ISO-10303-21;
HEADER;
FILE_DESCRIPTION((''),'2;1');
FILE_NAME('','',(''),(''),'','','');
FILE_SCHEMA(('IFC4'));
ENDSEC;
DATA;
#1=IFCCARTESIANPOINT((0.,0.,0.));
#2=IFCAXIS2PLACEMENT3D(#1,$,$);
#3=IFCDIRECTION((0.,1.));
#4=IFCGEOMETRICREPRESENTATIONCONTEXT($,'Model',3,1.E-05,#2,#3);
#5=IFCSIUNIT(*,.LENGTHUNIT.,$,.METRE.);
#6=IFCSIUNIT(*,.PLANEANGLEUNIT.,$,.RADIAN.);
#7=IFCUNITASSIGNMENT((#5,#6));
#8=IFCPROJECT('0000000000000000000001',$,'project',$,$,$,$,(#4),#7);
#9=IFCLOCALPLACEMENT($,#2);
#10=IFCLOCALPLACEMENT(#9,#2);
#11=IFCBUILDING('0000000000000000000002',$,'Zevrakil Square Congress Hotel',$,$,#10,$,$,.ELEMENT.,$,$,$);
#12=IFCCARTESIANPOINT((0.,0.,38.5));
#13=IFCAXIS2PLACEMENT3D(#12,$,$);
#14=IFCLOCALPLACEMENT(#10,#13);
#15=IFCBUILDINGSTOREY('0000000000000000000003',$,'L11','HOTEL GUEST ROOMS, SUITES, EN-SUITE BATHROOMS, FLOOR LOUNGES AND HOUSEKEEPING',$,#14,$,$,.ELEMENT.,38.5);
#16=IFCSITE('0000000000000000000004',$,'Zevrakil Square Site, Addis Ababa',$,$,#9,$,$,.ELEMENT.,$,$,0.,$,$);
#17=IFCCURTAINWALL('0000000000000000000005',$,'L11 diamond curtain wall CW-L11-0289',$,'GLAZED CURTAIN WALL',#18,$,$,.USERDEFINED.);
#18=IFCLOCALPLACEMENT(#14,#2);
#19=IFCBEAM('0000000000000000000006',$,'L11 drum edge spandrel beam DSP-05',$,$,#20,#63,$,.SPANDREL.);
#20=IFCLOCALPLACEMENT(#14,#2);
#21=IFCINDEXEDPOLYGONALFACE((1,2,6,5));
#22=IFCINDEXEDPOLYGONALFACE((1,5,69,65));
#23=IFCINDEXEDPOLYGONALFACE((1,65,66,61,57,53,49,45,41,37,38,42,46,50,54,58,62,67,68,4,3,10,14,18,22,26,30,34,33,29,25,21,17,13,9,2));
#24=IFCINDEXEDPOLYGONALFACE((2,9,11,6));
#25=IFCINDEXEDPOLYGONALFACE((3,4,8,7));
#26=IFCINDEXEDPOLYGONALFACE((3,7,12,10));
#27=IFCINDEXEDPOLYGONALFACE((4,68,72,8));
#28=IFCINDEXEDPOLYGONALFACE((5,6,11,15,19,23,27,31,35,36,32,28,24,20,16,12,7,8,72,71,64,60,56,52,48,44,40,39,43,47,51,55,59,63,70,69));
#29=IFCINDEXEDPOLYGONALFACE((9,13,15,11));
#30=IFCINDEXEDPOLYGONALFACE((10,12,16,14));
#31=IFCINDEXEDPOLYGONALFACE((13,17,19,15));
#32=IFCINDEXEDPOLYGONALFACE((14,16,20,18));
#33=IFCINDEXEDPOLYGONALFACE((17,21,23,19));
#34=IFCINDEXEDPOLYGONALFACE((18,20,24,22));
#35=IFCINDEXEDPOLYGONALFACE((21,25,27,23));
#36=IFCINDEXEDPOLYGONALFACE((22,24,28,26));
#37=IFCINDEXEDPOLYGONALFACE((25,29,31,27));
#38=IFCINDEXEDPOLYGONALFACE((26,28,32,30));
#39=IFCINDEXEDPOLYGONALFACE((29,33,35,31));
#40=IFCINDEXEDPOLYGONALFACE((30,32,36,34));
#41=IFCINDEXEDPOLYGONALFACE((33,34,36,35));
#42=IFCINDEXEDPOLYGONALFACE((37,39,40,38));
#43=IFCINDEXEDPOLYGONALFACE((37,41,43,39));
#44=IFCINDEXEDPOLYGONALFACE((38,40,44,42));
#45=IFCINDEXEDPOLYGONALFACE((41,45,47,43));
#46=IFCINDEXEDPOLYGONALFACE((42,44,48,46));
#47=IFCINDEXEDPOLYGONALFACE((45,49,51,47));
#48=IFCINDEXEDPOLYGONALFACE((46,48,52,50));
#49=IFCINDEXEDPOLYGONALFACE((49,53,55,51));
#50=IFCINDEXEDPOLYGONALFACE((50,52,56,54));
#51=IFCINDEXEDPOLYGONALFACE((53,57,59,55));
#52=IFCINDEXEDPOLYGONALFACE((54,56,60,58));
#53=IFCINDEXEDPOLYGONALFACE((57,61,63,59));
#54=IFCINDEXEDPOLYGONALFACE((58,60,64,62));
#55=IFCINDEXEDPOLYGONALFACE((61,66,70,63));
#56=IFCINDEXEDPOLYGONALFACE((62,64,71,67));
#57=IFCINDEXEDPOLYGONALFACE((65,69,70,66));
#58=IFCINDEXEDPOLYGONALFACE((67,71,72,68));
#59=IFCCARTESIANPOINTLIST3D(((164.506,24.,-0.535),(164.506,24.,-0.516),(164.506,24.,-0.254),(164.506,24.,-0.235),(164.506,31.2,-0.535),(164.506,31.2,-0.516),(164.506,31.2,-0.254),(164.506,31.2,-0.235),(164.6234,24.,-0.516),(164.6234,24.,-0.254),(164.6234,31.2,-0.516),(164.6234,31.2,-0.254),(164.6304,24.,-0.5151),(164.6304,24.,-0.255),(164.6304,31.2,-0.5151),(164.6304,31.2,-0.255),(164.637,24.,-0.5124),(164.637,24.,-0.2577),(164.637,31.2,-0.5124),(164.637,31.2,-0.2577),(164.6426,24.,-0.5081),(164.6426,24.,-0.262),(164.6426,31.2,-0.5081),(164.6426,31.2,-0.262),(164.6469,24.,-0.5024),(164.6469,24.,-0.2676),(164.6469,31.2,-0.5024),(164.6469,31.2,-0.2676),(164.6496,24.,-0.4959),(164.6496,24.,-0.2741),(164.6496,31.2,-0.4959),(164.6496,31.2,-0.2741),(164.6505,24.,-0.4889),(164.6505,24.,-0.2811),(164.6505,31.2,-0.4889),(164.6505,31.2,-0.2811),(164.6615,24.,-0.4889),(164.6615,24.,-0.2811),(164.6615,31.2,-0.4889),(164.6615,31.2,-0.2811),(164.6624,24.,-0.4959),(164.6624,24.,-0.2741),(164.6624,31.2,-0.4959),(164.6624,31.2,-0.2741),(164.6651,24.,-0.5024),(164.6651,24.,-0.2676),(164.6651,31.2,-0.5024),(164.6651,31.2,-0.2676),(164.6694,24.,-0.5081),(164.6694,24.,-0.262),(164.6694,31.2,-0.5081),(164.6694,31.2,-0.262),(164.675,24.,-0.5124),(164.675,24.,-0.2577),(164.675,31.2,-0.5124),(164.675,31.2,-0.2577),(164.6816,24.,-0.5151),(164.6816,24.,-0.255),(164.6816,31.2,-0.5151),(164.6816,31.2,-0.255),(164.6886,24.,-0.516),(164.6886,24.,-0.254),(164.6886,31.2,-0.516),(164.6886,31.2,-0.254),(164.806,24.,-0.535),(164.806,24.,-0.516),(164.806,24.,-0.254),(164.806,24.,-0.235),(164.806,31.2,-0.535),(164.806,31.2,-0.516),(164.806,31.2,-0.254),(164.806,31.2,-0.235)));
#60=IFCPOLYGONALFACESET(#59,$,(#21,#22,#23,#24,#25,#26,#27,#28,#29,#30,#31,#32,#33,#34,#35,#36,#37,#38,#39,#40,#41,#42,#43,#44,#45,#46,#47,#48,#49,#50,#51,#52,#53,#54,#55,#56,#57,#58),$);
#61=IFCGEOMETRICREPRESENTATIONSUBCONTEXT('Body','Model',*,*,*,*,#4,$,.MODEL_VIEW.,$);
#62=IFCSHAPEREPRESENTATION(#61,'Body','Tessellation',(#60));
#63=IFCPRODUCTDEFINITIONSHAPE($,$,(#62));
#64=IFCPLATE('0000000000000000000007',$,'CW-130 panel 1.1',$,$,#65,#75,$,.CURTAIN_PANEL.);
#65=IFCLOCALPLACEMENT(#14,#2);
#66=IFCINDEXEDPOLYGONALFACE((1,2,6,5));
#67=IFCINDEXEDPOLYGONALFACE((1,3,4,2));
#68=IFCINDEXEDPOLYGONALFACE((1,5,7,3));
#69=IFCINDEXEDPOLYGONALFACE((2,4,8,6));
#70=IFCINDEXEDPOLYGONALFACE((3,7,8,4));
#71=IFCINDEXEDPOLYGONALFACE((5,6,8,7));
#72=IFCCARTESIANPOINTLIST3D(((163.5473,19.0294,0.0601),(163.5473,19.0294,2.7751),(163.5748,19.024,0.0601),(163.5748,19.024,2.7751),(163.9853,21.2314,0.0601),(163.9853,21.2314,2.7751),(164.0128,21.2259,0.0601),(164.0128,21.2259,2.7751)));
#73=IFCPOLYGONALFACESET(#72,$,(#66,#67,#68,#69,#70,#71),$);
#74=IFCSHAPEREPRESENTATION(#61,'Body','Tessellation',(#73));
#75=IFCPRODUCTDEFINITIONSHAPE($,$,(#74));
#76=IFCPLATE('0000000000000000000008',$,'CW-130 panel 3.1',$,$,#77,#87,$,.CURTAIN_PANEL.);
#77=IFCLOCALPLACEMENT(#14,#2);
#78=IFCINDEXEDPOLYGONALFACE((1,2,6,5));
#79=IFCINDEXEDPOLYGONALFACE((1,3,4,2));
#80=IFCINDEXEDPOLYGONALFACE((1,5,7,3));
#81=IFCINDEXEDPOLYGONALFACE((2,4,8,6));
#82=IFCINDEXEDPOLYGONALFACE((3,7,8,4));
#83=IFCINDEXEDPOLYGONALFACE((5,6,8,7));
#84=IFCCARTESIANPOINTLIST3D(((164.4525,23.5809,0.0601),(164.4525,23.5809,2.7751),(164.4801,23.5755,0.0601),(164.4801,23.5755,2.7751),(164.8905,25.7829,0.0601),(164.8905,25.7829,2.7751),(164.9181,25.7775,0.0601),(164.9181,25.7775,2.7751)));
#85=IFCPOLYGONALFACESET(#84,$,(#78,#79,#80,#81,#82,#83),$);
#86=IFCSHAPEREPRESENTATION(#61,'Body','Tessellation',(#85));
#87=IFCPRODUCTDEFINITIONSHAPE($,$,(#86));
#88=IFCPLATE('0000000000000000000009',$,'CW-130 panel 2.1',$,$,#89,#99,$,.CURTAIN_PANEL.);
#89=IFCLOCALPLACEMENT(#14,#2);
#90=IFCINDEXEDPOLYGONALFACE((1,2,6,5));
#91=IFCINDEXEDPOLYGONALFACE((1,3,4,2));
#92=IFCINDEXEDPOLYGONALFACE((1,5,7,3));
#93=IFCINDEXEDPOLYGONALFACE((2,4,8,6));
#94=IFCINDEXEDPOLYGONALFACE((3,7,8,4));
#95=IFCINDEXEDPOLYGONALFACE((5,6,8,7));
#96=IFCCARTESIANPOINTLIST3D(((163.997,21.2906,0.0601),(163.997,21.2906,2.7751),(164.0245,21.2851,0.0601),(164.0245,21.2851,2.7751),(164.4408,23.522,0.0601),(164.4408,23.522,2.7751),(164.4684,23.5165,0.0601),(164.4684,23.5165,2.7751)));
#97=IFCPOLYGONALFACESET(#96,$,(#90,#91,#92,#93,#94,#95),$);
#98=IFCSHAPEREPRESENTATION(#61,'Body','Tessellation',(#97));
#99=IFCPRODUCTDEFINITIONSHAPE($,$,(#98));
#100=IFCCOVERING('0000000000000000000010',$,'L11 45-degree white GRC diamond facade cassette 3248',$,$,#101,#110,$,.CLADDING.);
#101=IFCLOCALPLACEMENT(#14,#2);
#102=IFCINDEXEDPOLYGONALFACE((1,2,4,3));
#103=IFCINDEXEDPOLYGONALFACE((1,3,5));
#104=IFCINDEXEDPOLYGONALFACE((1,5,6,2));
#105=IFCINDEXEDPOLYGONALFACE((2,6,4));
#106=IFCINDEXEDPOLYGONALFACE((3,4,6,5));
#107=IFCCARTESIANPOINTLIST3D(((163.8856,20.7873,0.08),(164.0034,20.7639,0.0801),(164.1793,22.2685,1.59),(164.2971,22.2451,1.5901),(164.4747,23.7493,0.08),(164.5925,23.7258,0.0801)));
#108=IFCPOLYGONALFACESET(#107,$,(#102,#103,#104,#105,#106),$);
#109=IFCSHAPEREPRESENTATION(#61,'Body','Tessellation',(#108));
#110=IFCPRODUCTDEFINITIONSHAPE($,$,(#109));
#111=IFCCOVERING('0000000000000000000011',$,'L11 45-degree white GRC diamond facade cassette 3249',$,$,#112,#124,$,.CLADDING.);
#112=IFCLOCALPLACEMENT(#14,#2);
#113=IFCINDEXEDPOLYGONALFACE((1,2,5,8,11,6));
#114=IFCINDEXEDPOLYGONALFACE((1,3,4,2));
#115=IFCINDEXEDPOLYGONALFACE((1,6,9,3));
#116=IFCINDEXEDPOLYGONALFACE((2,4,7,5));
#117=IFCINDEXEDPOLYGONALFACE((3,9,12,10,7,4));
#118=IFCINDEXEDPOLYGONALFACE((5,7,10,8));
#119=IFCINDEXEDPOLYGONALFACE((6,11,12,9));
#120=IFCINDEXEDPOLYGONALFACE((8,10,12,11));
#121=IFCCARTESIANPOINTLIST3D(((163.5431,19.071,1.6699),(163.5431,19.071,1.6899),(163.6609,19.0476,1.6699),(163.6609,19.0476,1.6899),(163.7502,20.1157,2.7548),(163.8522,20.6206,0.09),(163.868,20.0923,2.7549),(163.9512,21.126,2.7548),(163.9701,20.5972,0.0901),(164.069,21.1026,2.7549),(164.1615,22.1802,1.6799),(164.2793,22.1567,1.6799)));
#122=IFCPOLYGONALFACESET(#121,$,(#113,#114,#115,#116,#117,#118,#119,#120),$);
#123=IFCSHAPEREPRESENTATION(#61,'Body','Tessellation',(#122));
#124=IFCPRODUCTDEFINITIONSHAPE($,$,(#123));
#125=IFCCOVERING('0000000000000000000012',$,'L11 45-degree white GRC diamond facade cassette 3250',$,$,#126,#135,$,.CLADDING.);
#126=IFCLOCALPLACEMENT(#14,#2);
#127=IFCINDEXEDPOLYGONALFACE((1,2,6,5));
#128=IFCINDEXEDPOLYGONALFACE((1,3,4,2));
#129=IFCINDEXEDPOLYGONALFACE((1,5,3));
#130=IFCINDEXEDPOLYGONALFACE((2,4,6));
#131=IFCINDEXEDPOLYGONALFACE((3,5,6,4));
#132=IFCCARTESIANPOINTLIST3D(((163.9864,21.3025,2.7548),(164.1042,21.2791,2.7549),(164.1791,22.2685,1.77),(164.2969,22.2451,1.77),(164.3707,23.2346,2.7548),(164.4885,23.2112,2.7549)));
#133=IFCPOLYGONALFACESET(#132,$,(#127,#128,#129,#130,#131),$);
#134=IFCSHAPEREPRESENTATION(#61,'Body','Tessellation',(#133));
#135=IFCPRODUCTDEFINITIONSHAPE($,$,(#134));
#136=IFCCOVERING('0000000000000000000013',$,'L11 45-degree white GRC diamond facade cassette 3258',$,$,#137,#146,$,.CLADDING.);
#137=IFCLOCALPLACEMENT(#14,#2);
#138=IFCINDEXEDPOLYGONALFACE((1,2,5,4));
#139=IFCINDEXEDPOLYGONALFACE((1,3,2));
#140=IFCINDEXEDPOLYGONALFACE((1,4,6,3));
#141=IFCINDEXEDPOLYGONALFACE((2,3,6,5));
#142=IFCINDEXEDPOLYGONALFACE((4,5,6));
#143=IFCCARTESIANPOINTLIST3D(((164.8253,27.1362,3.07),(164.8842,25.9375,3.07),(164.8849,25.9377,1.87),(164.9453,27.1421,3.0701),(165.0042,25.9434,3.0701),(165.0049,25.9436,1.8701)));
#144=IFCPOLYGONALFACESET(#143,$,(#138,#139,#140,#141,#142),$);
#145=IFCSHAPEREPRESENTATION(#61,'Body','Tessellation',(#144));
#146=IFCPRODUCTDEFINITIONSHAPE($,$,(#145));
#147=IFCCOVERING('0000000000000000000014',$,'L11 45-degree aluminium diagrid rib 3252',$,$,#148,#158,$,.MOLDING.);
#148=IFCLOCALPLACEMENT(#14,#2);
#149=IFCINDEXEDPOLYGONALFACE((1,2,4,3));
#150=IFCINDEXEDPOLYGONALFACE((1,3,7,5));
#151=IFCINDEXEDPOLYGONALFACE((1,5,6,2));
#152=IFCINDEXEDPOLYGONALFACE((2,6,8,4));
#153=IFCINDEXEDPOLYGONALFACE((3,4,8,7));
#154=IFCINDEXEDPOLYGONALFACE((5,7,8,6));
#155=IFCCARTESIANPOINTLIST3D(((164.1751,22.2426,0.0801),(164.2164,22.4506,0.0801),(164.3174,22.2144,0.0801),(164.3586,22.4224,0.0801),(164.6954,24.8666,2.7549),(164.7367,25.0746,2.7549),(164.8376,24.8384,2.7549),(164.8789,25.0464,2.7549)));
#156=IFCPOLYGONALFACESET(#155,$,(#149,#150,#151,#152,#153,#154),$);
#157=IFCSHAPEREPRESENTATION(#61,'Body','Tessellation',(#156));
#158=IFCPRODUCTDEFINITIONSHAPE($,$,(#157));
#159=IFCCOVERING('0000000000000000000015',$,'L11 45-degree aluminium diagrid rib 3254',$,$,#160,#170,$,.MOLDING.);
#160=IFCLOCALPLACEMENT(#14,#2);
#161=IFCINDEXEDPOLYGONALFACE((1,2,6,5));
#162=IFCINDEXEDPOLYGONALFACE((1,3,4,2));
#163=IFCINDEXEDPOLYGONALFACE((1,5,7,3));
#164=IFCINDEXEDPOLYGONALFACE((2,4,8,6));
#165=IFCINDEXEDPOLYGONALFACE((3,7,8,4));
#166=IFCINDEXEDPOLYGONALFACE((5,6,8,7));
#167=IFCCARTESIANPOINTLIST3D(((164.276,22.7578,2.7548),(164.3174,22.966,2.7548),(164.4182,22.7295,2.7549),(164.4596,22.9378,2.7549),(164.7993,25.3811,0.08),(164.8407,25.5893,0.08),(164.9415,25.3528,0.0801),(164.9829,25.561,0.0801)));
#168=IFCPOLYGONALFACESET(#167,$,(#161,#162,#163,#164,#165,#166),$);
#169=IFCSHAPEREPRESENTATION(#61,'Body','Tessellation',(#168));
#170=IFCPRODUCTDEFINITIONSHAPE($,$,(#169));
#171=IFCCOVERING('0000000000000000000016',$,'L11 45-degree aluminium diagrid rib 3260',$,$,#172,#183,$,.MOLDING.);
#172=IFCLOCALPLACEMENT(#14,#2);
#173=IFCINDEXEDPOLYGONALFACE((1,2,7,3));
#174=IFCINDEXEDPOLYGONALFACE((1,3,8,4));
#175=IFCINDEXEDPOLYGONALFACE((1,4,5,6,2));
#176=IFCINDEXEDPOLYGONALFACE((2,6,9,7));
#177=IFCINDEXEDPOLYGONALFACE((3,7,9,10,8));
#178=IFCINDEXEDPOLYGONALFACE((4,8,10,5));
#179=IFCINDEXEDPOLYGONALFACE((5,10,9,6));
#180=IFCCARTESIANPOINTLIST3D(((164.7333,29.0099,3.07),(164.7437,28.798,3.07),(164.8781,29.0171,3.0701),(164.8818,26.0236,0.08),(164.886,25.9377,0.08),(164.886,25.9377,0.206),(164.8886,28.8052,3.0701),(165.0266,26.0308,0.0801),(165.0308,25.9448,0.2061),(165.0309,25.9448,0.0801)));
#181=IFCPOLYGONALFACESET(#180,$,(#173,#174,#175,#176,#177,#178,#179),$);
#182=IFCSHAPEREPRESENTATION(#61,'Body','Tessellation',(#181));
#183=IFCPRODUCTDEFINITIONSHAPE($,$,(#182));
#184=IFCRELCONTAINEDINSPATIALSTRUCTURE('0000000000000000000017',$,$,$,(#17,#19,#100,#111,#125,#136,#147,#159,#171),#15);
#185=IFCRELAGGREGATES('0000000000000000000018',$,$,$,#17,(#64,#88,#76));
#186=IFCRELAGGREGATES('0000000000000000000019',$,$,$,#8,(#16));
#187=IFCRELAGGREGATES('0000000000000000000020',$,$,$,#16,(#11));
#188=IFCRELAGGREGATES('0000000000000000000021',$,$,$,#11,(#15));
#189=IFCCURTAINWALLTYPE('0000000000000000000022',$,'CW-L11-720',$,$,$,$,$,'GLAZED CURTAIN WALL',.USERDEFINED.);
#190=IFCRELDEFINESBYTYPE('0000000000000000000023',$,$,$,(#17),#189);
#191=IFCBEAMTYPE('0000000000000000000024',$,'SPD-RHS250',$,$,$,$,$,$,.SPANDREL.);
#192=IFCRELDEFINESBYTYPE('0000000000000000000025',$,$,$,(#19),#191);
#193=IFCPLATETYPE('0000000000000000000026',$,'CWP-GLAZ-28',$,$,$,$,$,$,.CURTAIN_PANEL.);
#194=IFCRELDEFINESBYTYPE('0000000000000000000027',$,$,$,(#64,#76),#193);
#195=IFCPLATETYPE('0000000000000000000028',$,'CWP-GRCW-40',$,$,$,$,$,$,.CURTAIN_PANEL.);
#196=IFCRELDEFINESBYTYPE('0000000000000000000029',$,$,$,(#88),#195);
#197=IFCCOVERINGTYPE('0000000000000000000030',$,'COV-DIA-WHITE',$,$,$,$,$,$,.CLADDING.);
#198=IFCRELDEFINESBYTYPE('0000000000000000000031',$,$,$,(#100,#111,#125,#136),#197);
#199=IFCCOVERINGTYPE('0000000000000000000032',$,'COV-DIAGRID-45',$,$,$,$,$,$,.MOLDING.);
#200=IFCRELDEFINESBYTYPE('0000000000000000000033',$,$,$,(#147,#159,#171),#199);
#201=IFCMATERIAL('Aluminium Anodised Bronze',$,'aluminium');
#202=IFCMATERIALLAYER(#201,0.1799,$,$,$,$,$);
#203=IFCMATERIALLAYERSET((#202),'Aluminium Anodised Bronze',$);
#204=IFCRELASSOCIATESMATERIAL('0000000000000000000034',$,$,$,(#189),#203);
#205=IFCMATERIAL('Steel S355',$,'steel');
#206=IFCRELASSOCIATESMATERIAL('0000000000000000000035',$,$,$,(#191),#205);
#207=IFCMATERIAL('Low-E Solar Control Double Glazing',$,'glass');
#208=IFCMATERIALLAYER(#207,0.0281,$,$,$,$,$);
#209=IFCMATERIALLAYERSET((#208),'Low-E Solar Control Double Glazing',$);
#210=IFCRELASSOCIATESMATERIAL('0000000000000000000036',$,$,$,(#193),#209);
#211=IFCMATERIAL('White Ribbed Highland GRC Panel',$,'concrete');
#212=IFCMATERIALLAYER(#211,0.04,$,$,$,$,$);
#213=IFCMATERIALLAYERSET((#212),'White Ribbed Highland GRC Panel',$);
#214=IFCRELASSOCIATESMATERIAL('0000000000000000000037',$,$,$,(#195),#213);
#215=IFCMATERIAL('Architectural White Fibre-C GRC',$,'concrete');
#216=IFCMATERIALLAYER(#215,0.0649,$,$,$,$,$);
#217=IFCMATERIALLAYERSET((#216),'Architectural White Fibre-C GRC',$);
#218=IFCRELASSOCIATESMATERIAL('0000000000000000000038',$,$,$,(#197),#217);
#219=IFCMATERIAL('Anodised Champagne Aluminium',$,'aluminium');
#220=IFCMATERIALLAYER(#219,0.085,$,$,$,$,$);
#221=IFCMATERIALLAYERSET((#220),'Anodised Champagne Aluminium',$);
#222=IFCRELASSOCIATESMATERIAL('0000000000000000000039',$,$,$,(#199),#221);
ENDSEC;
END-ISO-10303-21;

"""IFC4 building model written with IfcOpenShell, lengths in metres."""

from ifc_helpers import new_model, si_unit, direction, frame, origin, origin_2d, place, context, subcontext, project, spatial, polyline, rectangle, i_section, outline, extrude, material, layer, layer_set, material_profile, profile_set, type_object, element, aggregate, save


model = new_model("IFC4")

# Units and contexts
model_context = context("Model", 3, precision=1e-05, world=origin(), true_north=direction((0.0, 1.0)))
body_context = subcontext(model_context, "Body", "Model", "MODEL_VIEW")
ifc_project = project(units=[si_unit("LENGTHUNIT", "METRE"), si_unit("PLANEANGLEUNIT", "RADIAN")], contexts=[model_context])

# Site, building, storey
site_placement = place(None, origin())
site = spatial("IfcSite", under=ifc_project, at=site_placement, Name="Zevrakil Square Site, Addis Ababa", CompositionType="ELEMENT", RefElevation=0.0)
building_placement = place(site_placement, origin())
building = spatial("IfcBuilding", under=site, at=building_placement, Name="Zevrakil Square Congress Hotel", CompositionType="ELEMENT")
storey_placement = place(building_placement, frame((0.0, 0.0, 38.5)))
storey = spatial("IfcBuildingStorey", under=building, at=storey_placement, Name="L11", Description="HOTEL GUEST ROOMS, SUITES, EN-SUITE BATHROOMS, FLOOR LOUNGES AND HOUSEKEEPING", CompositionType="ELEMENT", Elevation=38.5)

# Curtain wall
ifc_material_1 = material(Name="Aluminium Anodised Bronze", Category="aluminium")
ifc_layer_1 = layer(ifc_material_1, 0.1799)
ifc_layer_set_1 = layer_set([ifc_layer_1], Name="Aluminium Anodised Bronze")
curtain_wall_type = type_object("IfcCurtainWallType", Name="CW-L11-720", ElementType="GLAZED CURTAIN WALL", PredefinedType="USERDEFINED", material=ifc_layer_set_1)
curtain_wall_1_placement = place(storey_placement, origin())
curtain_wall_1 = element("IfcCurtainWall", 1, at=curtain_wall_1_placement, inside=storey, type_object=curtain_wall_type, Name="L11 diamond curtain wall CW-L11-0289", ObjectType="GLAZED CURTAIN WALL", PredefinedType="USERDEFINED")

# Beam
ifc_material_2 = material(Name="Steel S355", Category="steel")
ifc_material_profile_1 = material_profile(ifc_material_2, i_section(OverallWidth=0.3, OverallDepth=0.3, WebThickness=0.011, FlangeThickness=0.019, FilletRadius=0.0271, at=origin_2d()), Name="HEB 300")
ifc_profile_set_1 = profile_set([ifc_material_profile_1], Name="Steel S355")
beam_type = type_object("IfcBeamType", Name="SPD-RHS250", PredefinedType="SPANDREL", material=ifc_profile_set_1)
beam_placement = place(storey_placement, frame((164.656, 24.0, -0.385), z_axis=(0.0, 1.0, 0.0), x_axis=(-1.0, 0.0, 0.0)))
element("IfcBeam", 2, at=beam_placement, inside=storey, type_object=beam_type, Name="L11 drum edge spandrel beam DSP-05", PredefinedType="SPANDREL", context=body_context, shape_type="SweptSolid", body=[
    extrude(i_section(OverallWidth=0.3, OverallDepth=0.3, WebThickness=0.011, FlangeThickness=0.019, FilletRadius=0.0271, at=origin_2d()), origin(), (0.0, 0.0, 1.0), 7.2),
])

# Plates
ifc_material_3 = material(Name="Low-E Solar Control Double Glazing", Category="glass")
ifc_layer_2 = layer(ifc_material_3, 0.0281)
ifc_layer_set_2 = layer_set([ifc_layer_2], Name="Low-E Solar Control Double Glazing")
plate_type_1 = type_object("IfcPlateType", Name="CWP-GLAZ-28", PredefinedType="CURTAIN_PANEL", material=ifc_layer_set_2)
plate_1_placement = place(storey_placement, frame((163.78, 20.1277, 0.0601), z_axis=(0.0, 0.0, 1.0), x_axis=(0.195084, 0.980787, 0.0)))
plate_1 = element("IfcPlate", 3, at=plate_1_placement, type_object=plate_type_1, Name="CW-130 panel 1.1", PredefinedType="CURTAIN_PANEL", context=body_context, shape_type="SweptSolid", body=[
    extrude(rectangle(XDim=2.2451, YDim=0.0281, at=origin_2d()), origin(), (0.0, 0.0, 1.0), 2.7151),
])
plate_2_placement = place(storey_placement, frame((164.6853, 24.6792, 0.0601), z_axis=(0.0, 0.0, 1.0), x_axis=(0.195084, 0.980787, 0.0)))
plate_2 = element("IfcPlate", 4, at=plate_2_placement, type_object=plate_type_1, Name="CW-130 panel 3.1", PredefinedType="CURTAIN_PANEL", context=body_context, shape_type="SweptSolid", body=[
    extrude(rectangle(XDim=2.2451, YDim=0.0281, at=origin_2d()), origin(), (0.0, 0.0, 1.0), 2.7151),
])
ifc_material_4 = material(Name="White Ribbed Highland GRC Panel", Category="concrete")
ifc_layer_3 = layer(ifc_material_4, 0.04)
ifc_layer_set_3 = layer_set([ifc_layer_3], Name="White Ribbed Highland GRC Panel")
plate_type_2 = type_object("IfcPlateType", Name="CWP-GRCW-40", PredefinedType="CURTAIN_PANEL", material=ifc_layer_set_3)
plate_3_placement = place(storey_placement, frame((164.2327, 22.4036, 0.0601), z_axis=(0.0, 0.0, 1.0), x_axis=(0.195084, 0.980787, 0.0)))
plate_3 = element("IfcPlate", 5, at=plate_3_placement, type_object=plate_type_2, Name="CW-130 panel 2.1", PredefinedType="CURTAIN_PANEL", context=body_context, shape_type="SweptSolid", body=[
    extrude(rectangle(XDim=2.2751, YDim=0.0281, at=origin_2d()), origin(), (0.0, 0.0, 1.0), 2.7151),
])
aggregate(curtain_wall_1, [plate_1, plate_3, plate_2])

# Coverings
ifc_material_5 = material(Name="Architectural White Fibre-C GRC", Category="concrete")
ifc_layer_4 = layer(ifc_material_5, 0.0649)
ifc_layer_set_4 = layer_set([ifc_layer_4], Name="Architectural White Fibre-C GRC")
covering_type_1 = type_object("IfcCoveringType", Name="COV-DIA-WHITE", PredefinedType="CLADDING", material=ifc_layer_set_4)
covering_1_placement = place(storey_placement, frame((164.2971, 22.2451, 1.5901), z_axis=(0.980788, -0.195074, 0.000587), x_axis=(0.13834, 0.693414, -0.707134)))
element("IfcCovering", 6, at=covering_1_placement, inside=storey, type_object=covering_type_1, Name="L11 45-degree white GRC diamond facade cassette 3248", PredefinedType="CLADDING", context=body_context, shape_type="SweptSolid", body=[
    extrude(outline(polyline([(0.0, 0.0), (2.1354, 0.0), (0.0001, -2.1355), (0.0, 0.0)])), origin(), (0.0, 0.0, -1.0), 0.1201),
])
covering_2_placement = place(storey_placement, frame((164.2793, 22.1567, 1.6799), z_axis=(0.980787, -0.195079, 0.000585), x_axis=(-0.137538, -0.693615, -0.707094)))
element("IfcCovering", 7, at=covering_2_placement, inside=storey, type_object=covering_type_1, Name="L11 45-degree white GRC diamond facade cassette 3249", PredefinedType="CLADDING", context=body_context, shape_type="SweptSolid", body=[
    extrude(outline(polyline([(0.0, 0.0), (2.2484, 0.0), (2.2487, -2.2344), (2.2345, -2.2486), (0.7284, -2.2485), (0.0, -1.5202), (0.0, 0.0)])), origin(), (0.0, 0.0, -1.0), 0.1201),
])
covering_3_placement = place(storey_placement, frame((164.2969, 22.2451, 1.77), z_axis=(0.98079, -0.195067, 0.000486), x_axis=(-0.138286, -0.693533, 0.707028)))
element("IfcCovering", 8, at=covering_3_placement, inside=storey, type_object=covering_type_1, Name="L11 45-degree white GRC diamond facade cassette 3250", PredefinedType="CLADDING", context=body_context, shape_type="SweptSolid", body=[
    extrude(outline(polyline([(0.0, 0.0), (1.393, 0.0), (-0.0002, -1.3928), (0.0, 0.0)])), origin(), (0.0, 0.0, -1.0), 0.1201),
])
covering_4_placement = place(storey_placement, frame((165.0049, 25.9436, 1.8701), z_axis=(0.998797, 0.049024, 0.00062), x_axis=(-0.00061, -0.000203, 1.0)))
element("IfcCovering", 9, at=covering_4_placement, inside=storey, type_object=covering_type_1, Name="L11 45-degree white GRC diamond facade cassette 3258", PredefinedType="CLADDING", context=body_context, shape_type="SweptSolid", body=[
    extrude(outline(polyline([(0.0, 0.0), (1.2, 0.0), (1.1997, -1.2002), (0.0, 0.0)])), origin(), (0.0, 0.0, -1.0), 0.1201),
])
ifc_material_6 = material(Name="Anodised Champagne Aluminium", Category="aluminium")
ifc_layer_5 = layer(ifc_material_6, 0.085)
ifc_layer_set_5 = layer_set([ifc_layer_5], Name="Anodised Champagne Aluminium")
covering_type_2 = type_object("IfcCoveringType", Name="COV-DIAGRID-45", PredefinedType="MOLDING", material=ifc_layer_set_5)
covering_5_placement = place(storey_placement, frame((164.3586, 22.4224, 0.0801), z_axis=(0.980889, -0.194566, 0.000084), x_axis=(-0.194566, -0.980889, 0.0)))
element("IfcCovering", 10, at=covering_5_placement, inside=storey, type_object=covering_type_2, Name="L11 45-degree aluminium diagrid rib 3252", PredefinedType="MOLDING", context=body_context, shape_type="SweptSolid", body=[
    extrude(outline(polyline([(0.0, 0.0), (0.2121, 0.0), (-2.463, -2.6748), (-2.6751, -2.6748), (0.0, 0.0)])), origin(), (0.0, 0.0, -1.0), 0.145),
])
covering_6_placement = place(storey_placement, frame((164.4182, 22.7295, 2.7549), z_axis=(0.980823, -0.1949, 0.000748), x_axis=(0.1949, 0.980823, 0.0)))
element("IfcCovering", 11, at=covering_6_placement, inside=storey, type_object=covering_type_2, Name="L11 45-degree aluminium diagrid rib 3254", PredefinedType="MOLDING", context=body_context, shape_type="SweptSolid", body=[
    extrude(outline(polyline([(0.0, 0.0), (0.2123, 0.0), (2.8873, -2.6748), (2.675, -2.6748), (0.0, 0.0)])), origin(), (0.0, 0.0, -1.0), 0.145),
])
covering_7_placement = place(storey_placement, frame((165.0266, 26.0308, 0.0801), z_axis=(0.998785, 0.049288, 0.000372), x_axis=(0.049288, -0.998785, -0.000001)))
element("IfcCovering", 12, at=covering_7_placement, inside=storey, type_object=covering_type_2, Name="L11 45-degree aluminium diagrid rib 3260", PredefinedType="MOLDING", context=body_context, shape_type="SweptSolid", body=[
    extrude(outline(polyline([(0.0, 0.0), (0.086, 0.0), (0.086, -0.126), (-2.7778, -2.99), (-2.99, -2.99), (0.0, 0.0)])), origin(), (0.0, 0.0, -1.0), 0.145),
])

save(model, "model.ifc")
